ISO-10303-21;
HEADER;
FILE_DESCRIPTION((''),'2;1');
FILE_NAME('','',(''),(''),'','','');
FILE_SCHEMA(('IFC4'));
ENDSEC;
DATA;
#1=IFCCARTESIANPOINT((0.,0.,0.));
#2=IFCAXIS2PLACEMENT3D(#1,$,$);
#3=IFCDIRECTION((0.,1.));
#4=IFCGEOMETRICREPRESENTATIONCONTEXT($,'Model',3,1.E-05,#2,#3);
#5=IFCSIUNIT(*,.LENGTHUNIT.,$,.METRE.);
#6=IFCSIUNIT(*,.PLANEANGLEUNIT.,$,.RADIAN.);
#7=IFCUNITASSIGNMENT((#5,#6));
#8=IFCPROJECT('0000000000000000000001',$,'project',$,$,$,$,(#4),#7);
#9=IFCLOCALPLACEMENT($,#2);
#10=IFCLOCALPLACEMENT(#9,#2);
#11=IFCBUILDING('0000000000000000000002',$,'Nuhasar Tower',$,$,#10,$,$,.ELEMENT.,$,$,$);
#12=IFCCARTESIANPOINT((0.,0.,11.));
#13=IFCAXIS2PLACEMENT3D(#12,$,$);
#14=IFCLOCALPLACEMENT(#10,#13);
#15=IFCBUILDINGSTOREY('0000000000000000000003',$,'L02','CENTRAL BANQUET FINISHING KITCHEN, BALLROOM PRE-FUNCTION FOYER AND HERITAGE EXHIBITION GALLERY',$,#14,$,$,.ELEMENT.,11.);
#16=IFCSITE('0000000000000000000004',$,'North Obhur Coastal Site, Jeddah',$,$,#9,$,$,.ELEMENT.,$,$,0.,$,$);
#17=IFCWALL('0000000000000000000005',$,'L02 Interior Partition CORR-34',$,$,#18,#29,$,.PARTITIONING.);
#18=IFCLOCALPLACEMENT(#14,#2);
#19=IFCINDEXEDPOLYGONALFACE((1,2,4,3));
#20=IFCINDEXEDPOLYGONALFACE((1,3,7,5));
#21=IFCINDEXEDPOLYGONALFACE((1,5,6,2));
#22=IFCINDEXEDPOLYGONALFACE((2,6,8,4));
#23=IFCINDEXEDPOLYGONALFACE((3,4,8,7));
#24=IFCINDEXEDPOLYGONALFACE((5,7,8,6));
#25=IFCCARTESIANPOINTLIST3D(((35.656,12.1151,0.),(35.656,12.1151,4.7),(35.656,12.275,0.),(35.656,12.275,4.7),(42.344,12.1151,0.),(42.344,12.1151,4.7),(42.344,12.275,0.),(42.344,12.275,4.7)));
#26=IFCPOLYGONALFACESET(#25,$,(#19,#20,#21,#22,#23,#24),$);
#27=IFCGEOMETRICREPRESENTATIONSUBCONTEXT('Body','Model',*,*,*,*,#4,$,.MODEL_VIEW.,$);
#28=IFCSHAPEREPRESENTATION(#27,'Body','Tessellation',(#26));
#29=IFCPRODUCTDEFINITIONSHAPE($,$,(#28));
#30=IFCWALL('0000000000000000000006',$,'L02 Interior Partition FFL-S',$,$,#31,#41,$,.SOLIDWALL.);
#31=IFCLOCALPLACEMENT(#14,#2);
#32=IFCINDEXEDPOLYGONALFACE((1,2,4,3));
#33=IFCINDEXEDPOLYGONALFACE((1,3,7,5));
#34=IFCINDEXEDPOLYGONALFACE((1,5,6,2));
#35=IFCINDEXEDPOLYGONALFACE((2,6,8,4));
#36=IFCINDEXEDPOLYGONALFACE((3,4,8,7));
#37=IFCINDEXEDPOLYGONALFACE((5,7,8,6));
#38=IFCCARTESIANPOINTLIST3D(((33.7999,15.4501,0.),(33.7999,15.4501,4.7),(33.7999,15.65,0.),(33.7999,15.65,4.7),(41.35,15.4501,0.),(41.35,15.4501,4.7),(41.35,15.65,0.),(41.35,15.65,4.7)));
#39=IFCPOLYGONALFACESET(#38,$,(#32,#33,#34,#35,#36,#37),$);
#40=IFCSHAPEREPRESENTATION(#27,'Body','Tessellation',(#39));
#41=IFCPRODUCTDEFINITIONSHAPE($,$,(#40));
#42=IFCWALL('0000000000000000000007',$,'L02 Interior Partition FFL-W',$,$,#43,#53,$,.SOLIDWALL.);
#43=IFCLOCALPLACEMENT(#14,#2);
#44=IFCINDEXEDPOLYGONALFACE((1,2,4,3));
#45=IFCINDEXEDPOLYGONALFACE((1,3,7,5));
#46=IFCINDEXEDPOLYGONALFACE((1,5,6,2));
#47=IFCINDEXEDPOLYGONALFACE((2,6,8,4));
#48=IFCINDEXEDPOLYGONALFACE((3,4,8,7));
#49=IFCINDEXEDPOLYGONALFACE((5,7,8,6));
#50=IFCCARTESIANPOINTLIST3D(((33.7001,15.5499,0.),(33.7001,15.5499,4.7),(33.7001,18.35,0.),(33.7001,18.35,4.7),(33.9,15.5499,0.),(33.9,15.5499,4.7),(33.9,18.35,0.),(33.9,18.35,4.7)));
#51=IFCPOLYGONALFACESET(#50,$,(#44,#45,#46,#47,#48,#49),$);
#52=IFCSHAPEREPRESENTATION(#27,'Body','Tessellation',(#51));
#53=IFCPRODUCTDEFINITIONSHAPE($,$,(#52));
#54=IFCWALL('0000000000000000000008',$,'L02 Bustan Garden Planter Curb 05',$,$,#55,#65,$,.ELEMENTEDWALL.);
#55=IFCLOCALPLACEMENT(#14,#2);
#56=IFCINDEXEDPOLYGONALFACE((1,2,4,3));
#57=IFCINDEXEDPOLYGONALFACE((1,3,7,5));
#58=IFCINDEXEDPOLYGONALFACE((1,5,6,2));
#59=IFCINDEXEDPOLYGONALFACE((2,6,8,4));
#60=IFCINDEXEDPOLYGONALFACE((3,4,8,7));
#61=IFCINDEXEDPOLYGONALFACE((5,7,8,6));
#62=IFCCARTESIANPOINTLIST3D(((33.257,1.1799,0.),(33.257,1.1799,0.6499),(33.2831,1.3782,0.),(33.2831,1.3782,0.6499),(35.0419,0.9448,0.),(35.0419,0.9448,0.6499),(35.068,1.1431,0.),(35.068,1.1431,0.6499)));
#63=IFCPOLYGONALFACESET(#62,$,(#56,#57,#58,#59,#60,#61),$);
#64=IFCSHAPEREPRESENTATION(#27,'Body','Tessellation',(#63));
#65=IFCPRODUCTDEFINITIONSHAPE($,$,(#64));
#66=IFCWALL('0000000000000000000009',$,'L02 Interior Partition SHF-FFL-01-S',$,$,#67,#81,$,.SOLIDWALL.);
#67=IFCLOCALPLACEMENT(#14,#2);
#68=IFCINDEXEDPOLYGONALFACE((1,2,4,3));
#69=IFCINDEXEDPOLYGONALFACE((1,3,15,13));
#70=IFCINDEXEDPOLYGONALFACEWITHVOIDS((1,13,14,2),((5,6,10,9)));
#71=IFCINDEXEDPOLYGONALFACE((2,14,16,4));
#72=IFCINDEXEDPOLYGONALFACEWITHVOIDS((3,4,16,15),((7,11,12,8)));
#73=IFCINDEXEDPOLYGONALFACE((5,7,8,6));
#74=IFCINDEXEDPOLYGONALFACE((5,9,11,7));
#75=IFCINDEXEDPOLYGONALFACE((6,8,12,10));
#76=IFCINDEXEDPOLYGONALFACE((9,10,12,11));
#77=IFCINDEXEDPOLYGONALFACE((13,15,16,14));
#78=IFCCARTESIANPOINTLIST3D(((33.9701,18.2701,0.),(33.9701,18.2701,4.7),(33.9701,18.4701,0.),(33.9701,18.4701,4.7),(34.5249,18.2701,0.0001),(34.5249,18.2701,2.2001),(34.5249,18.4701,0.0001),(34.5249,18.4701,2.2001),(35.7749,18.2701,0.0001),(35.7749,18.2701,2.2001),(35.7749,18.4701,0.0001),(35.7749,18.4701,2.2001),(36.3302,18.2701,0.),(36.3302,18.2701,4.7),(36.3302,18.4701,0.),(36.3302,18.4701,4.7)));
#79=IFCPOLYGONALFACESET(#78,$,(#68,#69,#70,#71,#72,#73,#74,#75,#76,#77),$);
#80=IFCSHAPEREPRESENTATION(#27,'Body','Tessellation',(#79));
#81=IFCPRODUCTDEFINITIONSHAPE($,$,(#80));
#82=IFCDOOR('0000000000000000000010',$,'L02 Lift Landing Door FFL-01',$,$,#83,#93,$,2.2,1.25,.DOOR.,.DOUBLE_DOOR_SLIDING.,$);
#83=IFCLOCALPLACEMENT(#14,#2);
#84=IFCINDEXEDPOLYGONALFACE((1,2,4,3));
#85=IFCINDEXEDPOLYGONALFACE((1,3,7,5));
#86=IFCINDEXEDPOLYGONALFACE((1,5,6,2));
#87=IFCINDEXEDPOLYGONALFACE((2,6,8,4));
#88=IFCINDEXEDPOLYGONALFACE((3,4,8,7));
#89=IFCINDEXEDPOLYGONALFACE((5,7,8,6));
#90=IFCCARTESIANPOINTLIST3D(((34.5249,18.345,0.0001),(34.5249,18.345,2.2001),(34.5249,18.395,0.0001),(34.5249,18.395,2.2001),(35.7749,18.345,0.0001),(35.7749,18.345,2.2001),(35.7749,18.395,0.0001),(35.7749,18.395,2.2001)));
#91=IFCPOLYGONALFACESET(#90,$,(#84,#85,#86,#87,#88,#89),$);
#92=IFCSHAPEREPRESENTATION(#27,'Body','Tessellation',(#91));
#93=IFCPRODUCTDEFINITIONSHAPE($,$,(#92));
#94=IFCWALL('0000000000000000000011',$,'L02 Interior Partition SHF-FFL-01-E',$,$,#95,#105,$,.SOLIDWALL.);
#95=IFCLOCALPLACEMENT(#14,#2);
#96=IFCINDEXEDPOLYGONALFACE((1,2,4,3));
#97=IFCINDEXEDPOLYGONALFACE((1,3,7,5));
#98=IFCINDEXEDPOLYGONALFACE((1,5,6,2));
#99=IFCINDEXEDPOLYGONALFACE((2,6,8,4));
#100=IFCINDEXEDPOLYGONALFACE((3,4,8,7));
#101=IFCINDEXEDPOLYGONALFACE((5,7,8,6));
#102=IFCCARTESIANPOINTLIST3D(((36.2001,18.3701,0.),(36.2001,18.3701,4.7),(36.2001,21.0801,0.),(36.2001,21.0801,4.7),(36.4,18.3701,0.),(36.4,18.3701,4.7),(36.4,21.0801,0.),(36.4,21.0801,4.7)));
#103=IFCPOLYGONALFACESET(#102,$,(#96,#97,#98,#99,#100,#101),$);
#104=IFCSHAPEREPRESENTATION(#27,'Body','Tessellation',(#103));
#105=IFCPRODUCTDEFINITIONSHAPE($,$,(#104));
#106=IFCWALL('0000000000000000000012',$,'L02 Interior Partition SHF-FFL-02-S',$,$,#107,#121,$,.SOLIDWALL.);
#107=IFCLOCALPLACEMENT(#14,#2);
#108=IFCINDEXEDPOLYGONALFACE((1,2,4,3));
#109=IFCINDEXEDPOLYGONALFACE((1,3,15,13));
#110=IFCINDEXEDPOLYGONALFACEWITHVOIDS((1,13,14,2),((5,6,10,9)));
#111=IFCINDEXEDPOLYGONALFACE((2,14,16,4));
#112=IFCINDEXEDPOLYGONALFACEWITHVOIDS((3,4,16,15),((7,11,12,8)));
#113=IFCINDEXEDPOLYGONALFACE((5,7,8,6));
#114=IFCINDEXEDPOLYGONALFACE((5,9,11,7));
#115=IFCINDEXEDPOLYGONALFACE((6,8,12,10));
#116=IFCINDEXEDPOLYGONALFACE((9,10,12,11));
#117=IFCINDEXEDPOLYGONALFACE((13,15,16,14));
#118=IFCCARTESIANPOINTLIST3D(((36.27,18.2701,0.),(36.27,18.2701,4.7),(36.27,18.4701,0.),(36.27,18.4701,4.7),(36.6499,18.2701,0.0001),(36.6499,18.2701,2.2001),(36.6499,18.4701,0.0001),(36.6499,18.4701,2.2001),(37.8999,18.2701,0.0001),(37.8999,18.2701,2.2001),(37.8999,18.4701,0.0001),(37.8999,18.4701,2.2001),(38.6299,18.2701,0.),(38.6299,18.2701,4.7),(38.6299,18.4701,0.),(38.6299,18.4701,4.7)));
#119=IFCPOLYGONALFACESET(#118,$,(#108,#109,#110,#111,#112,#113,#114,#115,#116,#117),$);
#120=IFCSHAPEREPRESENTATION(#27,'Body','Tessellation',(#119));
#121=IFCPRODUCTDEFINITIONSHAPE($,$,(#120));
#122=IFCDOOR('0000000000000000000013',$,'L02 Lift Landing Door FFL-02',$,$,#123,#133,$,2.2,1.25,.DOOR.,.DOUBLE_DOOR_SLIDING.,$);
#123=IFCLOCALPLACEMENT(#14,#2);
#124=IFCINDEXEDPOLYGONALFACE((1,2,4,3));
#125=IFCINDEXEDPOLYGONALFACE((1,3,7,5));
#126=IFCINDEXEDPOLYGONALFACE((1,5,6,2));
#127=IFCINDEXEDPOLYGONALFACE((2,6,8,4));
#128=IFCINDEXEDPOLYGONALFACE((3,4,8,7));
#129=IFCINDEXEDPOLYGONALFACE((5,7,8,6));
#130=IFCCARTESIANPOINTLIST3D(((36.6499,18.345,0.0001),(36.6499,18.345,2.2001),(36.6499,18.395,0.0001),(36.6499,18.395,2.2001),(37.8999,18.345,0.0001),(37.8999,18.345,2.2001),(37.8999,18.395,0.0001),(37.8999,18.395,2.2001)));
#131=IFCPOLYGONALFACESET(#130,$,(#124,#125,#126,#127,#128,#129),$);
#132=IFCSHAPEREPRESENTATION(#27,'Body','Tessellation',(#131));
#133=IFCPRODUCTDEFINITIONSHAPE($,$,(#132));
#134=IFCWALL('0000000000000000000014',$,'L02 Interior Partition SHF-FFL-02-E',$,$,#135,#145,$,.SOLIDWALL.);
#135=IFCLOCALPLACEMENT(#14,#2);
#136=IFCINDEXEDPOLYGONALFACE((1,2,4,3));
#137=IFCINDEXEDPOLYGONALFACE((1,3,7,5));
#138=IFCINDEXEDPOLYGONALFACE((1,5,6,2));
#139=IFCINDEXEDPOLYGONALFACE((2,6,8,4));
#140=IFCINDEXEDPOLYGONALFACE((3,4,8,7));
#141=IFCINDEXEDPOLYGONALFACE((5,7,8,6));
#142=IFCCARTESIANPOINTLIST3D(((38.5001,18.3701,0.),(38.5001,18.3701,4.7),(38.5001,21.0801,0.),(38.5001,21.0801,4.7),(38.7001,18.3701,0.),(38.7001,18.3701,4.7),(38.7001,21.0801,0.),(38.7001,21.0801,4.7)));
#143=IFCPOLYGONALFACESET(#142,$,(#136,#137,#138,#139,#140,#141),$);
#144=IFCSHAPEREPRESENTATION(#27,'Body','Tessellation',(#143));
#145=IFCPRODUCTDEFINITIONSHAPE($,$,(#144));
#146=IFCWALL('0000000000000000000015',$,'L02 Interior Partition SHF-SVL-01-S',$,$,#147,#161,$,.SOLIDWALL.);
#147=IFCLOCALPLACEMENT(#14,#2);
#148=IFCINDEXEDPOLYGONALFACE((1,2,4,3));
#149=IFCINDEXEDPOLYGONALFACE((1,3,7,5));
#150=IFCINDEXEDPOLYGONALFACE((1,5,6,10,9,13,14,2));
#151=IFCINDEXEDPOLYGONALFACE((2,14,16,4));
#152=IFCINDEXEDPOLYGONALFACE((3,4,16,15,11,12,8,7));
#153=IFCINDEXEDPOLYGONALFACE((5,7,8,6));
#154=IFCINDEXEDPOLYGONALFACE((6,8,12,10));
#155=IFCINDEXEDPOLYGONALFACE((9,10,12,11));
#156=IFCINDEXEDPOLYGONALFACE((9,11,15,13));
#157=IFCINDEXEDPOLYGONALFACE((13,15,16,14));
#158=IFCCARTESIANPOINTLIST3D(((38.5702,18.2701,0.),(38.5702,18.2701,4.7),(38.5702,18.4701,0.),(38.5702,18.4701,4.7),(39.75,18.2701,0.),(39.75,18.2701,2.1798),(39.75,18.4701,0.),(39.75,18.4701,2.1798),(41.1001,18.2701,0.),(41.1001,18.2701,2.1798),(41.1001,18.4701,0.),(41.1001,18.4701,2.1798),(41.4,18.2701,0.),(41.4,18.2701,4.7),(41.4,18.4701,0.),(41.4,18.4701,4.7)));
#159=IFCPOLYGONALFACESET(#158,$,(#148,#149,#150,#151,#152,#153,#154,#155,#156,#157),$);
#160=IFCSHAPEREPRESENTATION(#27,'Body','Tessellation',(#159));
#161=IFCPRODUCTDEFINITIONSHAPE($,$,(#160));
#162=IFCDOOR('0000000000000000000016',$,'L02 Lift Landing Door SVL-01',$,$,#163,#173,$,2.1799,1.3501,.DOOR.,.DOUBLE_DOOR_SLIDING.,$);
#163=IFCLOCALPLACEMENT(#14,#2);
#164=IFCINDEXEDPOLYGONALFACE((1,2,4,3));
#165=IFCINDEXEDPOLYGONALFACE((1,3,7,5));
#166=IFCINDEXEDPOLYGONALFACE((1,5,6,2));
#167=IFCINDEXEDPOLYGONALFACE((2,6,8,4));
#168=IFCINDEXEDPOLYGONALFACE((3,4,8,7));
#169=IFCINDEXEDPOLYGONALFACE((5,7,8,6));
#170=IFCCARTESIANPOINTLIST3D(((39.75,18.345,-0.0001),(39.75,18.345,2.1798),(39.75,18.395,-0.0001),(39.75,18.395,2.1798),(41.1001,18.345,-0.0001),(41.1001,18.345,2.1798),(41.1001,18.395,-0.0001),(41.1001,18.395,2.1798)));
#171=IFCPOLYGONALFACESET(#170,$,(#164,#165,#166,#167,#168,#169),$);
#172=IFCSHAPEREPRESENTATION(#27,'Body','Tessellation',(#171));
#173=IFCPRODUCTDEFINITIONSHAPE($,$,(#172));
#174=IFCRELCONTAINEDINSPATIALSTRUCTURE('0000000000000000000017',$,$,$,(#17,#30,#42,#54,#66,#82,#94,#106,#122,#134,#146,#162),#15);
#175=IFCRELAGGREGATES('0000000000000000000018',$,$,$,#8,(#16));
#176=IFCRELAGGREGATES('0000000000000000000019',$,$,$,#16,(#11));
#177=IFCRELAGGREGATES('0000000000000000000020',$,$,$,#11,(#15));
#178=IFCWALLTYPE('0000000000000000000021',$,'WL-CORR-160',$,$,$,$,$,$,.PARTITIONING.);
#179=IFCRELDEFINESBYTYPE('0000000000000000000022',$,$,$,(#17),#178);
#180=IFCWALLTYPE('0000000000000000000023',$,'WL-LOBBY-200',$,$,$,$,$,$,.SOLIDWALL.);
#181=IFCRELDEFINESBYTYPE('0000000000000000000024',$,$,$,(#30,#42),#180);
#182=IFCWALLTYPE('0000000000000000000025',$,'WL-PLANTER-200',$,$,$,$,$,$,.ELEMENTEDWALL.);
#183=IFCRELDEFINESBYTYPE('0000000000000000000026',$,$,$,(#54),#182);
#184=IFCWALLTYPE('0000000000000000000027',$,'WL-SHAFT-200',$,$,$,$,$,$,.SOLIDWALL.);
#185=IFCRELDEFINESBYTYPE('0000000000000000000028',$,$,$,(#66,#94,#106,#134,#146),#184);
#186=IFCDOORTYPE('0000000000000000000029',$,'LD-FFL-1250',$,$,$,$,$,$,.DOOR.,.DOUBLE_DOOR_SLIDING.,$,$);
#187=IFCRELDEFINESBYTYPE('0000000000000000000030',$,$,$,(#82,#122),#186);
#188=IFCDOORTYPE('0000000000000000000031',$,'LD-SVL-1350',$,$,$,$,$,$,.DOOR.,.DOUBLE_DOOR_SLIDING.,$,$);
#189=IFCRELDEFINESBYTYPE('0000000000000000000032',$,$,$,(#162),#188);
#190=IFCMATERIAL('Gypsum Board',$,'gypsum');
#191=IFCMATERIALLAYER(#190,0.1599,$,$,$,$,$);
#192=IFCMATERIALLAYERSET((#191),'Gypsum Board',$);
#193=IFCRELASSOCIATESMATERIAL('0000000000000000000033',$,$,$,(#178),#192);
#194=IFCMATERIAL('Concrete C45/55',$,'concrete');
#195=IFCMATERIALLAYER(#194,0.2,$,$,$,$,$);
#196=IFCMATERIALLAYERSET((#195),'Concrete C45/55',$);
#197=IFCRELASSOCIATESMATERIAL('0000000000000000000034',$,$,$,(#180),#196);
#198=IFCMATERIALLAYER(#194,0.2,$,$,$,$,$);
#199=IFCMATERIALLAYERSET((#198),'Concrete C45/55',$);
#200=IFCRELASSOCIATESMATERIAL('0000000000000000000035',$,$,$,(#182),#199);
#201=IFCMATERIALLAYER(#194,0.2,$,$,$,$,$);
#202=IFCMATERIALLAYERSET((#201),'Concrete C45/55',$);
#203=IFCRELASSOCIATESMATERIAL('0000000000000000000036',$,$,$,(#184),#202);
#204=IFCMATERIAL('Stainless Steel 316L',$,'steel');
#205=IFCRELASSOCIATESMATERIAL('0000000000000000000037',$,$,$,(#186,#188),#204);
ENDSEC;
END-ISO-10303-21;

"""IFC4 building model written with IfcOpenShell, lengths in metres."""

from ifc_helpers import new_model, si_unit, direction, frame, frame_2d, origin, place, context, subcontext, project, spatial, rectangle, extrude, material, layer, layer_set, type_object, element, fill, save


model = new_model("IFC4")

# Units and contexts
model_context = context("Model", 3, precision=1e-05, world=origin(), true_north=direction((0.0, 1.0)))
body_context = subcontext(model_context, "Body", "Model", "MODEL_VIEW")
ifc_project = project(units=[si_unit("LENGTHUNIT", "METRE"), si_unit("PLANEANGLEUNIT", "RADIAN")], contexts=[model_context])

# Site, building, storey
site_placement = place(None, origin())
site = spatial("IfcSite", under=ifc_project, at=site_placement, Name="North Obhur Coastal Site, Jeddah", CompositionType="ELEMENT", RefElevation=0.0)
building_placement = place(site_placement, origin())
building = spatial("IfcBuilding", under=site, at=building_placement, Name="Nuhasar Tower", CompositionType="ELEMENT")
storey_placement = place(building_placement, frame((0.0, 0.0, 11.0)))
storey = spatial("IfcBuildingStorey", under=building, at=storey_placement, Name="L02", Description="CENTRAL BANQUET FINISHING KITCHEN, BALLROOM PRE-FUNCTION FOYER AND HERITAGE EXHIBITION GALLERY", CompositionType="ELEMENT", Elevation=11.0)

# Shared definitions
ifc_material_1 = material(Name="Gypsum Board", Category="gypsum")
ifc_layer_1 = layer(ifc_material_1, 0.1599)
ifc_layer_set_1 = layer_set([ifc_layer_1], Name="Gypsum Board")
wall_type_1 = type_object("IfcWallType", Name="WL-CORR-160", PredefinedType="PARTITIONING", material=ifc_layer_set_1)

# Walls
wall_1_placement = place(storey_placement, frame((35.656, 12.1951, 0.0), z_axis=(0.0, 0.0, 1.0), x_axis=(1.0, 0.0, 0.0)))
element("IfcWall", 1, at=wall_1_placement, inside=storey, type_object=wall_type_1, Name="L02 Interior Partition CORR-34", PredefinedType="PARTITIONING", context=body_context, shape_type="SweptSolid", body=[
    extrude(rectangle(XDim=6.688, YDim=0.1599, at=frame_2d((3.344, 0.0))), origin(), (0.0, 0.0, 1.0), 4.7),
])
ifc_material_2 = material(Name="Concrete C45/55", Category="concrete")
ifc_layer_2 = layer(ifc_material_2, 0.2)
ifc_layer_set_2 = layer_set([ifc_layer_2], Name="Concrete C45/55")
wall_type_2 = type_object("IfcWallType", Name="WL-LOBBY-200", PredefinedType="SOLIDWALL", material=ifc_layer_set_2)
wall_2_placement = place(storey_placement, frame((33.8, 15.55, 0.0), z_axis=(0.0, 0.0, 1.0), x_axis=(1.0, 0.0, 0.0)))
element("IfcWall", 2, at=wall_2_placement, inside=storey, type_object=wall_type_2, Name="L02 Interior Partition FFL-S", PredefinedType="SOLIDWALL", context=body_context, shape_type="SweptSolid", body=[
    extrude(rectangle(XDim=7.55, YDim=0.2, at=frame_2d((3.7749, 0.0))), origin(), (0.0, 0.0, 1.0), 4.7),
])
wall_3_placement = place(storey_placement, frame((33.8, 15.55, 0.0), z_axis=(0.0, 0.0, 1.0), x_axis=(0.0, 1.0, 0.0)))
element("IfcWall", 3, at=wall_3_placement, inside=storey, type_object=wall_type_2, Name="L02 Interior Partition FFL-W", PredefinedType="SOLIDWALL", context=body_context, shape_type="SweptSolid", body=[
    extrude(rectangle(XDim=2.8, YDim=0.2, at=frame_2d((1.3999, 0.0))), origin(), (0.0, 0.0, 1.0), 4.7),
])
ifc_layer_3 = layer(ifc_material_2, 0.2)
ifc_layer_set_3 = layer_set([ifc_layer_3], Name="Concrete C45/55")
wall_type_3 = type_object("IfcWallType", Name="WL-PLANTER-200", PredefinedType="ELEMENTEDWALL", material=ifc_layer_set_3)
wall_4_placement = place(storey_placement, frame((35.0549, 1.0439, 0.0), z_axis=(0.0, 0.0, 1.0), x_axis=(-0.991436, 0.130591, 0.0)))
element("IfcWall", 4, at=wall_4_placement, inside=storey, type_object=wall_type_3, Name="L02 Bustan Garden Planter Curb 05", PredefinedType="ELEMENTEDWALL", context=body_context, shape_type="SweptSolid", body=[
    extrude(rectangle(XDim=1.8003, YDim=0.2, at=frame_2d((0.9001, 0.0))), origin(), (0.0, 0.0, 1.0), 0.6499),
])

# Wall, opening, door
ifc_layer_4 = layer(ifc_material_2, 0.2)
ifc_layer_set_4 = layer_set([ifc_layer_4], Name="Concrete C45/55")
wall_type_4 = type_object("IfcWallType", Name="WL-SHAFT-200", PredefinedType="SOLIDWALL", material=ifc_layer_set_4)
wall_5_placement = place(storey_placement, frame((33.97, 18.3701, 0.0), z_axis=(0.0, 0.0, 1.0), x_axis=(1.0, 0.0, 0.0)))
wall_5 = element("IfcWall", 5, at=wall_5_placement, inside=storey, type_object=wall_type_4, Name="L02 Interior Partition SHF-FFL-01-S", PredefinedType="SOLIDWALL", context=body_context, shape_type="SweptSolid", body=[
    extrude(rectangle(XDim=2.3601, YDim=0.2, at=frame_2d((1.1802, 0.0))), origin(), (0.0, 0.0, 1.0), 4.7),
])
opening_1_placement = place(wall_5_placement, frame((0.5549, 0.0, 0.0)))
opening_1 = element("IfcOpeningElement", 6, at=opening_1_placement, cuts=wall_5, PredefinedType="OPENING", context=body_context, shape_type="SweptSolid", body=[
    extrude(rectangle(XDim=1.25, YDim=2.2, at=frame_2d((0.625, 1.1001))), frame((0.0, 0.1099, 0.0), z_axis=(0.0, -1.0, 0.0), x_axis=(1.0, 0.0, 0.0)), (0.0, 0.0, 1.0), 0.22),
])
ifc_material_3 = material(Name="Stainless Steel 316L", Category="steel")
door_type_1 = type_object("IfcDoorType", Name="LD-FFL-1250", OperationType="DOUBLE_DOOR_SLIDING", PredefinedType="DOOR", material=ifc_material_3)
door_1_placement = place(opening_1_placement, origin())
door_1 = element("IfcDoor", 7, at=door_1_placement, inside=storey, type_object=door_type_1, Name="L02 Lift Landing Door FFL-01", OperationType="DOUBLE_DOOR_SLIDING", OverallHeight=2.2, OverallWidth=1.25, PredefinedType="DOOR", context=body_context, shape_type="SweptSolid", body=[
    extrude(rectangle(XDim=1.25, YDim=2.2, at=frame_2d((0.625, 1.1001))), frame((0.0, 0.0249, 0.0), z_axis=(0.0, -1.0, 0.0), x_axis=(1.0, 0.0, 0.0)), (0.0, 0.0, 1.0), 0.05),
])
fill(opening_1, door_1)

# Wall
wall_6_placement = place(storey_placement, frame((36.3, 18.3701, 0.0), z_axis=(0.0, 0.0, 1.0), x_axis=(0.0, 1.0, 0.0)))
element("IfcWall", 8, at=wall_6_placement, inside=storey, type_object=wall_type_4, Name="L02 Interior Partition SHF-FFL-01-E", PredefinedType="SOLIDWALL", context=body_context, shape_type="SweptSolid", body=[
    extrude(rectangle(XDim=2.71, YDim=0.2, at=frame_2d((1.355, 0.0))), origin(), (0.0, 0.0, 1.0), 4.7),
])

# Wall, opening, door
wall_7_placement = place(storey_placement, frame((36.27, 18.3701, 0.0), z_axis=(0.0, 0.0, 1.0), x_axis=(1.0, 0.0, 0.0)))
wall_7 = element("IfcWall", 9, at=wall_7_placement, inside=storey, type_object=wall_type_4, Name="L02 Interior Partition SHF-FFL-02-S", PredefinedType="SOLIDWALL", context=body_context, shape_type="SweptSolid", body=[
    extrude(rectangle(XDim=2.3599, YDim=0.2, at=frame_2d((1.1799, 0.0))), origin(), (0.0, 0.0, 1.0), 4.7),
])
opening_2_placement = place(wall_7_placement, frame((0.3799, 0.0, 0.0)))
opening_2 = element("IfcOpeningElement", 10, at=opening_2_placement, cuts=wall_7, PredefinedType="OPENING", context=body_context, shape_type="SweptSolid", body=[
    extrude(rectangle(XDim=1.25, YDim=2.2, at=frame_2d((0.625, 1.1001))), frame((0.0, 0.1099, 0.0), z_axis=(0.0, -1.0, 0.0), x_axis=(1.0, 0.0, 0.0)), (0.0, 0.0, 1.0), 0.22),
])
door_2_placement = place(opening_2_placement, origin())
door_2 = element("IfcDoor", 11, at=door_2_placement, inside=storey, type_object=door_type_1, Name="L02 Lift Landing Door FFL-02", OperationType="DOUBLE_DOOR_SLIDING", OverallHeight=2.2, OverallWidth=1.25, PredefinedType="DOOR", context=body_context, shape_type="SweptSolid", body=[
    extrude(rectangle(XDim=1.25, YDim=2.2, at=frame_2d((0.625, 1.1001))), frame((0.0, 0.0249, 0.0), z_axis=(0.0, -1.0, 0.0), x_axis=(1.0, 0.0, 0.0)), (0.0, 0.0, 1.0), 0.05),
])
fill(opening_2, door_2)

# Wall
wall_8_placement = place(storey_placement, frame((38.6001, 18.3701, 0.0), z_axis=(0.0, 0.0, 1.0), x_axis=(0.0, 1.0, 0.0)))
element("IfcWall", 12, at=wall_8_placement, inside=storey, type_object=wall_type_4, Name="L02 Interior Partition SHF-FFL-02-E", PredefinedType="SOLIDWALL", context=body_context, shape_type="SweptSolid", body=[
    extrude(rectangle(XDim=2.71, YDim=0.2, at=frame_2d((1.355, 0.0))), origin(), (0.0, 0.0, 1.0), 4.7),
])

# Wall, opening, door
wall_9_placement = place(storey_placement, frame((38.5701, 18.3701, 0.0), z_axis=(0.0, 0.0, 1.0), x_axis=(1.0, 0.0, 0.0)))
wall_9 = element("IfcWall", 13, at=wall_9_placement, inside=storey, type_object=wall_type_4, Name="L02 Interior Partition SHF-SVL-01-S", PredefinedType="SOLIDWALL", context=body_context, shape_type="SweptSolid", body=[
    extrude(rectangle(XDim=2.8298, YDim=0.2, at=frame_2d((1.415, 0.0))), origin(), (0.0, 0.0, 1.0), 4.7),
])
opening_3_placement = place(wall_9_placement, frame((1.1799, 0.0, 0.0)))
opening_3 = element("IfcOpeningElement", 14, at=opening_3_placement, cuts=wall_9, PredefinedType="OPENING", context=body_context, shape_type="SweptSolid", body=[
    extrude(rectangle(XDim=1.3501, YDim=2.1799, at=frame_2d((0.675, 1.0898))), frame((0.0, 0.1099, 0.0), z_axis=(0.0, -1.0, 0.0), x_axis=(1.0, 0.0, 0.0)), (0.0, 0.0, 1.0), 0.22),
])
door_type_2 = type_object("IfcDoorType", Name="LD-SVL-1350", OperationType="DOUBLE_DOOR_SLIDING", PredefinedType="DOOR", material=ifc_material_3)
door_3_placement = place(opening_3_placement, origin())
door_3 = element("IfcDoor", 15, at=door_3_placement, inside=storey, type_object=door_type_2, Name="L02 Lift Landing Door SVL-01", OperationType="DOUBLE_DOOR_SLIDING", OverallHeight=2.1799, OverallWidth=1.3501, PredefinedType="DOOR", context=body_context, shape_type="SweptSolid", body=[
    extrude(rectangle(XDim=1.3501, YDim=2.1799, at=frame_2d((0.675, 1.0898))), frame((0.0, 0.0249, 0.0), z_axis=(0.0, -1.0, 0.0), x_axis=(1.0, 0.0, 0.0)), (0.0, 0.0, 1.0), 0.05),
])
fill(opening_3, door_3)

save(model, "model.ifc")
